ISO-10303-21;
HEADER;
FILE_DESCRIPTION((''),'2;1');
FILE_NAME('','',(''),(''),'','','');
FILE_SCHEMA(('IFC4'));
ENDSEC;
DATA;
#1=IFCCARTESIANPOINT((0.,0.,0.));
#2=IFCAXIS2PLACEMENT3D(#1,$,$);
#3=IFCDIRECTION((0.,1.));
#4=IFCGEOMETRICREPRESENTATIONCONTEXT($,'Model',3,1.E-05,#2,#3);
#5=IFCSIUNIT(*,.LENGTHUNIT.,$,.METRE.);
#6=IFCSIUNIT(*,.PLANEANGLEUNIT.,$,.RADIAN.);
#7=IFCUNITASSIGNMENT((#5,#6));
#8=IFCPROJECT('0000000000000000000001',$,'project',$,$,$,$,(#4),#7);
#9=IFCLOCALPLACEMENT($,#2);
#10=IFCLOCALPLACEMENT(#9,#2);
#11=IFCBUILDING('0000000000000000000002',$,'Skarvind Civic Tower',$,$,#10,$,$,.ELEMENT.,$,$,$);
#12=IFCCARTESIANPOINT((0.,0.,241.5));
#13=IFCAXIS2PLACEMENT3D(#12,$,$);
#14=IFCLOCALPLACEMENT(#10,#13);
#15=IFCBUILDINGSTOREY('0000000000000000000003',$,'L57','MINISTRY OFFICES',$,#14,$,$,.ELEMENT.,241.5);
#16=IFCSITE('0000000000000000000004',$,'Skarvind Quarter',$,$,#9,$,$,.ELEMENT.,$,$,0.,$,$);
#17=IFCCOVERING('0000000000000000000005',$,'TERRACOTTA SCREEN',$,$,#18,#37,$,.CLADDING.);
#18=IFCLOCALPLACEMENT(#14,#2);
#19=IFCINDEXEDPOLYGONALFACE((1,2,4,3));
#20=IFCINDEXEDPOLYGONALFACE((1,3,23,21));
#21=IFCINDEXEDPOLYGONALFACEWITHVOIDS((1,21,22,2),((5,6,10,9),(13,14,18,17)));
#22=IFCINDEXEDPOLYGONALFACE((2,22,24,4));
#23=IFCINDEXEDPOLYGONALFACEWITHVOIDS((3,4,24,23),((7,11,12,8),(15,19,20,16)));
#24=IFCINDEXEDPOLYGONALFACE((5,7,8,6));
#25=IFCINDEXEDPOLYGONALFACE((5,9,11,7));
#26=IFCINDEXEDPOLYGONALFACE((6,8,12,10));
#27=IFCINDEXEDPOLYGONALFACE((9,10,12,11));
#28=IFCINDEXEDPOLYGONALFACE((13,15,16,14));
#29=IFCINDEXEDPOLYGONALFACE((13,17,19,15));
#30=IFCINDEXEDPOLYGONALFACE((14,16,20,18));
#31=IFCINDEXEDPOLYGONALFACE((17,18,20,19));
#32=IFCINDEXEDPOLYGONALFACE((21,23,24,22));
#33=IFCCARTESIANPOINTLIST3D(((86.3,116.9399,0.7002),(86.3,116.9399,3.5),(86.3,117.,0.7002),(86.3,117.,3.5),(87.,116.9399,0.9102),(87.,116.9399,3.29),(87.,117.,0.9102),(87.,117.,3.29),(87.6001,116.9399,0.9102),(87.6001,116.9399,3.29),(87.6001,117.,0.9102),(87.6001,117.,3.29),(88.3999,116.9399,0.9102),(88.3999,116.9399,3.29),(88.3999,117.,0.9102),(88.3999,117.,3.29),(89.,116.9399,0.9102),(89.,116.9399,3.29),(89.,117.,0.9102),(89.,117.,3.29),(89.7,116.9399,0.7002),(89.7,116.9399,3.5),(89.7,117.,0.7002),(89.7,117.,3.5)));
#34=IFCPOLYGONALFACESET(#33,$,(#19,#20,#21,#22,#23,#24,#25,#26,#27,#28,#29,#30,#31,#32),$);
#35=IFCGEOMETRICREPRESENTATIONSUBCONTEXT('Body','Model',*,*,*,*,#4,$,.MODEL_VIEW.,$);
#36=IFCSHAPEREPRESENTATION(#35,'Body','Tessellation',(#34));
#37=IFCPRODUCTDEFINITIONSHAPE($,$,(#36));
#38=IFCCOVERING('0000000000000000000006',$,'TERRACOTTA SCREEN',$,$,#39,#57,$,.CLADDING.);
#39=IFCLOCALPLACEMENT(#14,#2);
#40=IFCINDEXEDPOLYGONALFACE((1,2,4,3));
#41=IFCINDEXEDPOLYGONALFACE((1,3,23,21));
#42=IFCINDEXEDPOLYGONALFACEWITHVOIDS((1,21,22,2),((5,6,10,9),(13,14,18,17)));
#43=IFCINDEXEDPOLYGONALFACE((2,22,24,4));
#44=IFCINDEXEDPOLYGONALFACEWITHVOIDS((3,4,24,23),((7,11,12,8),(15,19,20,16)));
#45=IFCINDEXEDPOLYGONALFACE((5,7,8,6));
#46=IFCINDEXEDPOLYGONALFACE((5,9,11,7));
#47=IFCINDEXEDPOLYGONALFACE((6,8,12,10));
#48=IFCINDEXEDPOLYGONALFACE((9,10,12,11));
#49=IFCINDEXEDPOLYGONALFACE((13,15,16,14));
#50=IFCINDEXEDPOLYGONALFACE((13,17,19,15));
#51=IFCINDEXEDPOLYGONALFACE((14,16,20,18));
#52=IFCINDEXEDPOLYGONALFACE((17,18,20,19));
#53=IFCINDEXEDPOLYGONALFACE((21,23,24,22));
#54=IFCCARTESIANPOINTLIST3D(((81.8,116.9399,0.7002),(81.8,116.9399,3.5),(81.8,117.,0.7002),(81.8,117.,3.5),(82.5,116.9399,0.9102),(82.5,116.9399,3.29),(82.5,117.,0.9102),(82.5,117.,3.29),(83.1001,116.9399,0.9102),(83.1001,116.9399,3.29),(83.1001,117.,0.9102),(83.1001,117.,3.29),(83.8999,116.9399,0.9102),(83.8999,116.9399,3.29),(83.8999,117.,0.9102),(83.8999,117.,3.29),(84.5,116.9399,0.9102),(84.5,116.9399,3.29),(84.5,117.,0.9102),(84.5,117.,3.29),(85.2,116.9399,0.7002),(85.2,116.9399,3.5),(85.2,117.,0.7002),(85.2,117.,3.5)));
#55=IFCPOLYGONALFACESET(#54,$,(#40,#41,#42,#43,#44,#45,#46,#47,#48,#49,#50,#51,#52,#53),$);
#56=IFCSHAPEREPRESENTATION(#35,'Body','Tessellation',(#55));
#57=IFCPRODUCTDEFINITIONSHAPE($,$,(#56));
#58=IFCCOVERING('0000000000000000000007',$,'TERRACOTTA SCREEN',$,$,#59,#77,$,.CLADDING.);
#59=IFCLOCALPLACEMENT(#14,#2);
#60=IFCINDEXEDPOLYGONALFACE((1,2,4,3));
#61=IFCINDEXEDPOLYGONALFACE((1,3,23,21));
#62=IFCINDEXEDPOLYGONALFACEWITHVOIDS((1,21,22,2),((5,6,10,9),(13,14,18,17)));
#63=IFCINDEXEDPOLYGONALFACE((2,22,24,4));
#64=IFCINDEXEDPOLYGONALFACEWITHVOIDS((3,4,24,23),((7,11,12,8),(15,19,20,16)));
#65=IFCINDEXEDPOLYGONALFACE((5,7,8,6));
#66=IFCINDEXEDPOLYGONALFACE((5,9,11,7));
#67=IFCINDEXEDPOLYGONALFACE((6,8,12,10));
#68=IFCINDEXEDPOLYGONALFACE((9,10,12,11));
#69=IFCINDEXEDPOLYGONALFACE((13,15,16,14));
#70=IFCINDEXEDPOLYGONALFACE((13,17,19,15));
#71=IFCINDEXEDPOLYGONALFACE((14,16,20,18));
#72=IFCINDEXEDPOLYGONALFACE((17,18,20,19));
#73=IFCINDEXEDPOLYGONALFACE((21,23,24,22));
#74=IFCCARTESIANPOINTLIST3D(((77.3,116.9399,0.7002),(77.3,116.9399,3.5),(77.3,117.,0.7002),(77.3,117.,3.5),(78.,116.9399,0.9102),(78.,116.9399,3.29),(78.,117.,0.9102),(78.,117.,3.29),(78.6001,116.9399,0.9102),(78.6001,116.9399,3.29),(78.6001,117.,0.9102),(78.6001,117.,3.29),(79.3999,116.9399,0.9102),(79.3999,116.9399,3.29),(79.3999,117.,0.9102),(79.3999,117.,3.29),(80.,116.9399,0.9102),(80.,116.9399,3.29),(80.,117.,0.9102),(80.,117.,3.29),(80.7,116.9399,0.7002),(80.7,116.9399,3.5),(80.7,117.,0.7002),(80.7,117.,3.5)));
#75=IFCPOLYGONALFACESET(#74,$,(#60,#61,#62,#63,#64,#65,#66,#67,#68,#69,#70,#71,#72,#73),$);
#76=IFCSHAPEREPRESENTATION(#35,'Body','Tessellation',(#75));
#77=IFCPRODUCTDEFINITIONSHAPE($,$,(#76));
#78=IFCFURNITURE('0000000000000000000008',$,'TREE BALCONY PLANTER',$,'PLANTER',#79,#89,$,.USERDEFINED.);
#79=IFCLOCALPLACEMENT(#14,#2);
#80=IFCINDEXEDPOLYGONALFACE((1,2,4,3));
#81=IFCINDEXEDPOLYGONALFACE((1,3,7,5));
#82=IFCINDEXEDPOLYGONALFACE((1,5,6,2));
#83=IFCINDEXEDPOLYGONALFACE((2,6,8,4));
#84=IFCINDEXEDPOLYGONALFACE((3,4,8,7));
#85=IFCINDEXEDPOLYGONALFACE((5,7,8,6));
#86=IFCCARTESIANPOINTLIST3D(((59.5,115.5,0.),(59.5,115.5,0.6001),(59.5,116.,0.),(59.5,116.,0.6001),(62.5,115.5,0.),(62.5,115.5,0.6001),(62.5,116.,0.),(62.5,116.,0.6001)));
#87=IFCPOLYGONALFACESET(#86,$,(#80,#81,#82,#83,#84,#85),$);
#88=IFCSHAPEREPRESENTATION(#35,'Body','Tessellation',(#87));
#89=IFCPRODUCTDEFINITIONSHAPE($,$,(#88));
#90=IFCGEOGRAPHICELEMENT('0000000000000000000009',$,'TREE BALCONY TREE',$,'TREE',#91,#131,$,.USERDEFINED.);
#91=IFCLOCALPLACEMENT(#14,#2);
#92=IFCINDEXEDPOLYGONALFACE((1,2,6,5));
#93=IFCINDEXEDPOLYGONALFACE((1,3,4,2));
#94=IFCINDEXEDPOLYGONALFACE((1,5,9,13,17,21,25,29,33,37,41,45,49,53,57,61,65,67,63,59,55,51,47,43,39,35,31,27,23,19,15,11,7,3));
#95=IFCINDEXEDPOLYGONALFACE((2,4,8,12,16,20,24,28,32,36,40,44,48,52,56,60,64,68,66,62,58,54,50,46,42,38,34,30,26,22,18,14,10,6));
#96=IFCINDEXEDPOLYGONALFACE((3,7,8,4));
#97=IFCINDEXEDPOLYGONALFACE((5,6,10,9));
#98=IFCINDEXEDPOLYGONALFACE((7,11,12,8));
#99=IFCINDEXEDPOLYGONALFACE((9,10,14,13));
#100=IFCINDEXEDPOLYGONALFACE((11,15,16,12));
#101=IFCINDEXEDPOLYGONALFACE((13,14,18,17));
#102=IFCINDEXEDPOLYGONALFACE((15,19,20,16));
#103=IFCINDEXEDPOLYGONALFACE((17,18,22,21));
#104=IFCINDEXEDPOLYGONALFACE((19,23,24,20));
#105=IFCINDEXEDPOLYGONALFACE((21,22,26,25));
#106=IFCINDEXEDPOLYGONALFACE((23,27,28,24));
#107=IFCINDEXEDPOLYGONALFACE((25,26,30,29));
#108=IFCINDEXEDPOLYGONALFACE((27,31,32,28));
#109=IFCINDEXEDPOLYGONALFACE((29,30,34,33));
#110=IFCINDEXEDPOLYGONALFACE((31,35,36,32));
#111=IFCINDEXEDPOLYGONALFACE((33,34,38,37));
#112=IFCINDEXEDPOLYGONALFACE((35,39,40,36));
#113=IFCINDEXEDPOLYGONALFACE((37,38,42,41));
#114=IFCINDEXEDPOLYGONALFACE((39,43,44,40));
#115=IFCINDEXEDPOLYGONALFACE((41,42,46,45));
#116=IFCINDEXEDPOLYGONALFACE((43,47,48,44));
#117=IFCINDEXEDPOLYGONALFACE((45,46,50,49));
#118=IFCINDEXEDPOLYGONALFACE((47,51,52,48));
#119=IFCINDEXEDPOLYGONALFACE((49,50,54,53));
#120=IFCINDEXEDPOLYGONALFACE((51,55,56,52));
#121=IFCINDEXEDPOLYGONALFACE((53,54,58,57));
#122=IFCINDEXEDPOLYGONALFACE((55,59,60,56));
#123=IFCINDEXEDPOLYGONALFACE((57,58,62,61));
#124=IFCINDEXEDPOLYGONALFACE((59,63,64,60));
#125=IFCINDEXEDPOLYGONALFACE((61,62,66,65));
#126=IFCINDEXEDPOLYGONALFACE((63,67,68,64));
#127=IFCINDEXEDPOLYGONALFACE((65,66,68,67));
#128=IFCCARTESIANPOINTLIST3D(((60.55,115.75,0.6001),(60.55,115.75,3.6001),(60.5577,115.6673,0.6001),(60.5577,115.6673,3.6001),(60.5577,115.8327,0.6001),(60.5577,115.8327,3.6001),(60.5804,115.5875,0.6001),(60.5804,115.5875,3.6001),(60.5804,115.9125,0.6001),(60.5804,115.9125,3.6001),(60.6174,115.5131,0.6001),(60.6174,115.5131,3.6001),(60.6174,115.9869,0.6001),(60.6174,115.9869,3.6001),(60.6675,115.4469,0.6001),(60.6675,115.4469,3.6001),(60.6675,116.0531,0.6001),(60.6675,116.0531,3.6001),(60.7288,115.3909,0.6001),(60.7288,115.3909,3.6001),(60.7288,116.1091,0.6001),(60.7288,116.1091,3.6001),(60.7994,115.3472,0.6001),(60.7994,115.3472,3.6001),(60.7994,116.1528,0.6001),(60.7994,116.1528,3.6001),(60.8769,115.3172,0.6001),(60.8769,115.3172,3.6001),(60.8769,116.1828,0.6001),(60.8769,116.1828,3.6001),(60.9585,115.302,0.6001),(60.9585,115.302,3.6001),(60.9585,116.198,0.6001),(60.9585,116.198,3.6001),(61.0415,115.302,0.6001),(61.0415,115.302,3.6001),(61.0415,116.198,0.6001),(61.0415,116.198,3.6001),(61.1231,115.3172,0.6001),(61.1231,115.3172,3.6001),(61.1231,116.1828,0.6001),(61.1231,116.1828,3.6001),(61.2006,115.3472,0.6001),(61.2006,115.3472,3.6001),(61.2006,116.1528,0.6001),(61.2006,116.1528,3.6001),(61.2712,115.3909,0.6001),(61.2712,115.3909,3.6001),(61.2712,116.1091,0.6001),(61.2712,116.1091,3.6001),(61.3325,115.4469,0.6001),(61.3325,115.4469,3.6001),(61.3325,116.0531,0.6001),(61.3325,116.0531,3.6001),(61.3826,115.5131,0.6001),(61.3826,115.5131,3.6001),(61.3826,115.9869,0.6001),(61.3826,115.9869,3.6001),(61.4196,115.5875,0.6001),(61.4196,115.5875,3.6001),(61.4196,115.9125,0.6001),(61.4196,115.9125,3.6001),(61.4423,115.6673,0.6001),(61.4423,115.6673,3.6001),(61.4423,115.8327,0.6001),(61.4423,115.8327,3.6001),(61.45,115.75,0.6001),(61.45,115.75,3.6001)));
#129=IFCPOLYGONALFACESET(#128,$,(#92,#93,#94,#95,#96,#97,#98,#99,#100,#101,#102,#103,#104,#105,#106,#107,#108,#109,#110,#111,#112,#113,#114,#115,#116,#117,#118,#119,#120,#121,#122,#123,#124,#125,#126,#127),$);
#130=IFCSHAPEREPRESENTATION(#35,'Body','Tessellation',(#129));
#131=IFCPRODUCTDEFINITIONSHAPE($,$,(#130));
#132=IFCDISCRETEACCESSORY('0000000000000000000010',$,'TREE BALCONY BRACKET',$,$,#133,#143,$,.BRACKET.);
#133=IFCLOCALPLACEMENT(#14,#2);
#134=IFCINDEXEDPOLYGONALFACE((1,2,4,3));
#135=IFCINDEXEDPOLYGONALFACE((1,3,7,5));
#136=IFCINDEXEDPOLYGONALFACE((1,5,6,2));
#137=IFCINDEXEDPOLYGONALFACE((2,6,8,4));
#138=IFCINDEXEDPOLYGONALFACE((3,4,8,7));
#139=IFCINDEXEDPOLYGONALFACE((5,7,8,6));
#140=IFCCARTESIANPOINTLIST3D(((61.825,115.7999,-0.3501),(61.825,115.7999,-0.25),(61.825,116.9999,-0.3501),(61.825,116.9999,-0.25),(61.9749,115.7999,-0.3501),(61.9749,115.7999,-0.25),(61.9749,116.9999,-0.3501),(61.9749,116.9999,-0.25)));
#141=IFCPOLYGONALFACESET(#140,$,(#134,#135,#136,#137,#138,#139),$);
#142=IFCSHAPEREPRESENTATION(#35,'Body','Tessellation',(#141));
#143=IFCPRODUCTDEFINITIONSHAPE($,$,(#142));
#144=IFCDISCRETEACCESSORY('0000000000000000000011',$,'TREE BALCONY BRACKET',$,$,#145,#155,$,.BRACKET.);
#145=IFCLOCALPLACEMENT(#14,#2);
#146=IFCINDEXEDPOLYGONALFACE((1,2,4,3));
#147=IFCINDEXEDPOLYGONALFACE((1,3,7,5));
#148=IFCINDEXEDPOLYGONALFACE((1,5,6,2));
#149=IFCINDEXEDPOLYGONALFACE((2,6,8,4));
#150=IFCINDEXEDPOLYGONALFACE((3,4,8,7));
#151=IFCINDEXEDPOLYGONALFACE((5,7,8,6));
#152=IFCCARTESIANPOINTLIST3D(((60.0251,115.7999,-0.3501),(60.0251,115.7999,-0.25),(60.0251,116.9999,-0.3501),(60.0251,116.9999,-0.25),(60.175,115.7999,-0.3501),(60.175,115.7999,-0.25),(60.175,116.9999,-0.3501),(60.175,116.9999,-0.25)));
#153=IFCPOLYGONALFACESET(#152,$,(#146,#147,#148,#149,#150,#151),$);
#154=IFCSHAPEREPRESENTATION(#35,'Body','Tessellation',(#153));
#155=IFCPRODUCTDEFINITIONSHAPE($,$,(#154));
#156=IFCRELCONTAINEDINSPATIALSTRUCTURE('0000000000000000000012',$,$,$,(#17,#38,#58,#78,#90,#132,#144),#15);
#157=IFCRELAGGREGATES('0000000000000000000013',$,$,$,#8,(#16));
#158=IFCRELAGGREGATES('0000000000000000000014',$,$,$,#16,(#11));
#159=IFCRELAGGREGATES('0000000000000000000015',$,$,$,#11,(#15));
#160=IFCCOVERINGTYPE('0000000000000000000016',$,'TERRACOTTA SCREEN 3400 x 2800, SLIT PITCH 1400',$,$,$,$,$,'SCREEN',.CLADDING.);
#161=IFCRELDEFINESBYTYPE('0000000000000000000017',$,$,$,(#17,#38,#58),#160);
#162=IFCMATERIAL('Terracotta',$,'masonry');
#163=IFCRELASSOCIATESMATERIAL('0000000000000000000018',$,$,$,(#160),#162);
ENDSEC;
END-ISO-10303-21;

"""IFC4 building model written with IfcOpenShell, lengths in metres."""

from ifc_helpers import new_model, si_unit, direction, frame, origin, origin_2d, place, context, subcontext, project, spatial, polyline, rectangle, circle, outline, extrude, material, material_profile, profile_set, type_object, element, save


model = new_model("IFC4")

# Units and contexts
model_context = context("Model", 3, precision=1e-05, world=origin(), true_north=direction((0.0, 1.0)))
body_context = subcontext(model_context, "Body", "Model", "MODEL_VIEW")
ifc_project = project(units=[si_unit("LENGTHUNIT", "METRE"), si_unit("PLANEANGLEUNIT", "RADIAN")], contexts=[model_context])

# Site, building, storey
site_placement = place(None, origin())
site = spatial("IfcSite", under=ifc_project, at=site_placement, Name="Skarvind Quarter", CompositionType="ELEMENT", RefElevation=0.0)
building_placement = place(site_placement, origin())
building = spatial("IfcBuilding", under=site, at=building_placement, Name="Skarvind Civic Tower", CompositionType="ELEMENT")
storey_placement = place(building_placement, frame((0.0, 0.0, 241.5)))
storey = spatial("IfcBuildingStorey", under=building, at=storey_placement, Name="L57", Description="MINISTRY OFFICES", CompositionType="ELEMENT", Elevation=241.5)

# Coverings
ifc_material_1 = material(Name="Terracotta", Category="masonry")
ifc_material_profile = material_profile(ifc_material_1, outline(polyline([(-1.7, -1.3999), (1.7, -1.3999), (1.7, 1.3999), (-1.7, 1.3999), (-1.7, -1.3999)]), holes=[polyline([(-1.0, -1.1899), (-0.3999, -1.1899), (-0.3999, 1.1899), (-1.0, 1.1899), (-1.0, -1.1899)]), polyline([(0.3999, -1.1899), (1.0, -1.1899), (1.0, 1.1899), (0.3999, 1.1899), (0.3999, -1.1899)])]), Name="TERRACOTTA SCREEN 3400 x 2800, SLIT PITCH 1400")
ifc_profile_set = profile_set([ifc_material_profile], Name="Terracotta")
covering_type = type_object("IfcCoveringType", Name="TERRACOTTA SCREEN 3400 x 2800, SLIT PITCH 1400", ElementType="SCREEN", PredefinedType="CLADDING", material=ifc_profile_set)
for number, where, z_axis, x_axis, name in (
    (1, (88.0, 117.0, 2.1001), (0.0, -1.0, 0.0), (1.0, 0.0, 0.0), "TERRACOTTA SCREEN"),
    (2, (83.5, 117.0, 2.1001), (0.0, -1.0, 0.0), (1.0, 0.0, 0.0), "TERRACOTTA SCREEN"),
    (3, (79.0, 117.0, 2.1001), (0.0, -1.0, 0.0), (1.0, 0.0, 0.0), "TERRACOTTA SCREEN"),
):
    element("IfcCovering", number, at=place(storey_placement, frame(where, z_axis=z_axis, x_axis=x_axis)), inside=storey, type_object=covering_type, Name=name, PredefinedType="CLADDING", context=body_context, shape_type="SweptSolid", body=[
        extrude(outline(polyline([(-1.7, -1.3999), (1.7, -1.3999), (1.7, 1.3999), (-1.7, 1.3999), (-1.7, -1.3999)]), holes=[polyline([(-1.0, -1.1899), (-0.3999, -1.1899), (-0.3999, 1.1899), (-1.0, 1.1899), (-1.0, -1.1899)]), polyline([(0.3999, -1.1899), (1.0, -1.1899), (1.0, 1.1899), (0.3999, 1.1899), (0.3999, -1.1899)])]), origin(), (0.0, 0.0, 1.0), 0.0601),
    ])

# Furniture
furniture_placement = place(storey_placement, frame((61.0, 115.75, 0.0), z_axis=(0.0, 0.0, 1.0), x_axis=(-1.0, 0.0, 0.0)))
element("IfcFurniture", 4, at=furniture_placement, inside=storey, Name="TREE BALCONY PLANTER", ObjectType="PLANTER", PredefinedType="USERDEFINED", context=body_context, shape_type="SweptSolid", body=[
    extrude(rectangle(XDim=3.0, YDim=0.5, at=origin_2d()), origin(), (0.0, 0.0, 1.0), 0.6001),
])

# Geographic element
geographic_element_placement = place(storey_placement, frame((61.0, 115.75, 0.6001), z_axis=(0.0, 0.0, 1.0), x_axis=(1.0, 0.0, 0.0)))
element("IfcGeographicElement", 5, at=geographic_element_placement, inside=storey, Name="TREE BALCONY TREE", ObjectType="TREE", PredefinedType="USERDEFINED", context=body_context, shape_type="SweptSolid", body=[
    extrude(circle(Radius=0.45, at=origin_2d()), origin(), (0.0, 0.0, 1.0), 3.0),
])

# Discrete accessories
for number, where, z_axis, x_axis, name in (
    (6, (61.8999, 116.3999, -0.3501), (0.0, 0.0, 1.0), (-1.0, 0.0, 0.0), "TREE BALCONY BRACKET"),
    (7, (60.1001, 116.3999, -0.3501), (0.0, 0.0, 1.0), (-1.0, 0.0, 0.0), "TREE BALCONY BRACKET"),
):
    element("IfcDiscreteAccessory", number, at=place(storey_placement, frame(where, z_axis=z_axis, x_axis=x_axis)), inside=storey, Name=name, PredefinedType="BRACKET", context=body_context, shape_type="SweptSolid", body=[
        extrude(rectangle(XDim=0.1499, YDim=1.2, at=origin_2d()), origin(), (0.0, 0.0, 1.0), 0.1001),
    ])

save(model, "model.ifc")
